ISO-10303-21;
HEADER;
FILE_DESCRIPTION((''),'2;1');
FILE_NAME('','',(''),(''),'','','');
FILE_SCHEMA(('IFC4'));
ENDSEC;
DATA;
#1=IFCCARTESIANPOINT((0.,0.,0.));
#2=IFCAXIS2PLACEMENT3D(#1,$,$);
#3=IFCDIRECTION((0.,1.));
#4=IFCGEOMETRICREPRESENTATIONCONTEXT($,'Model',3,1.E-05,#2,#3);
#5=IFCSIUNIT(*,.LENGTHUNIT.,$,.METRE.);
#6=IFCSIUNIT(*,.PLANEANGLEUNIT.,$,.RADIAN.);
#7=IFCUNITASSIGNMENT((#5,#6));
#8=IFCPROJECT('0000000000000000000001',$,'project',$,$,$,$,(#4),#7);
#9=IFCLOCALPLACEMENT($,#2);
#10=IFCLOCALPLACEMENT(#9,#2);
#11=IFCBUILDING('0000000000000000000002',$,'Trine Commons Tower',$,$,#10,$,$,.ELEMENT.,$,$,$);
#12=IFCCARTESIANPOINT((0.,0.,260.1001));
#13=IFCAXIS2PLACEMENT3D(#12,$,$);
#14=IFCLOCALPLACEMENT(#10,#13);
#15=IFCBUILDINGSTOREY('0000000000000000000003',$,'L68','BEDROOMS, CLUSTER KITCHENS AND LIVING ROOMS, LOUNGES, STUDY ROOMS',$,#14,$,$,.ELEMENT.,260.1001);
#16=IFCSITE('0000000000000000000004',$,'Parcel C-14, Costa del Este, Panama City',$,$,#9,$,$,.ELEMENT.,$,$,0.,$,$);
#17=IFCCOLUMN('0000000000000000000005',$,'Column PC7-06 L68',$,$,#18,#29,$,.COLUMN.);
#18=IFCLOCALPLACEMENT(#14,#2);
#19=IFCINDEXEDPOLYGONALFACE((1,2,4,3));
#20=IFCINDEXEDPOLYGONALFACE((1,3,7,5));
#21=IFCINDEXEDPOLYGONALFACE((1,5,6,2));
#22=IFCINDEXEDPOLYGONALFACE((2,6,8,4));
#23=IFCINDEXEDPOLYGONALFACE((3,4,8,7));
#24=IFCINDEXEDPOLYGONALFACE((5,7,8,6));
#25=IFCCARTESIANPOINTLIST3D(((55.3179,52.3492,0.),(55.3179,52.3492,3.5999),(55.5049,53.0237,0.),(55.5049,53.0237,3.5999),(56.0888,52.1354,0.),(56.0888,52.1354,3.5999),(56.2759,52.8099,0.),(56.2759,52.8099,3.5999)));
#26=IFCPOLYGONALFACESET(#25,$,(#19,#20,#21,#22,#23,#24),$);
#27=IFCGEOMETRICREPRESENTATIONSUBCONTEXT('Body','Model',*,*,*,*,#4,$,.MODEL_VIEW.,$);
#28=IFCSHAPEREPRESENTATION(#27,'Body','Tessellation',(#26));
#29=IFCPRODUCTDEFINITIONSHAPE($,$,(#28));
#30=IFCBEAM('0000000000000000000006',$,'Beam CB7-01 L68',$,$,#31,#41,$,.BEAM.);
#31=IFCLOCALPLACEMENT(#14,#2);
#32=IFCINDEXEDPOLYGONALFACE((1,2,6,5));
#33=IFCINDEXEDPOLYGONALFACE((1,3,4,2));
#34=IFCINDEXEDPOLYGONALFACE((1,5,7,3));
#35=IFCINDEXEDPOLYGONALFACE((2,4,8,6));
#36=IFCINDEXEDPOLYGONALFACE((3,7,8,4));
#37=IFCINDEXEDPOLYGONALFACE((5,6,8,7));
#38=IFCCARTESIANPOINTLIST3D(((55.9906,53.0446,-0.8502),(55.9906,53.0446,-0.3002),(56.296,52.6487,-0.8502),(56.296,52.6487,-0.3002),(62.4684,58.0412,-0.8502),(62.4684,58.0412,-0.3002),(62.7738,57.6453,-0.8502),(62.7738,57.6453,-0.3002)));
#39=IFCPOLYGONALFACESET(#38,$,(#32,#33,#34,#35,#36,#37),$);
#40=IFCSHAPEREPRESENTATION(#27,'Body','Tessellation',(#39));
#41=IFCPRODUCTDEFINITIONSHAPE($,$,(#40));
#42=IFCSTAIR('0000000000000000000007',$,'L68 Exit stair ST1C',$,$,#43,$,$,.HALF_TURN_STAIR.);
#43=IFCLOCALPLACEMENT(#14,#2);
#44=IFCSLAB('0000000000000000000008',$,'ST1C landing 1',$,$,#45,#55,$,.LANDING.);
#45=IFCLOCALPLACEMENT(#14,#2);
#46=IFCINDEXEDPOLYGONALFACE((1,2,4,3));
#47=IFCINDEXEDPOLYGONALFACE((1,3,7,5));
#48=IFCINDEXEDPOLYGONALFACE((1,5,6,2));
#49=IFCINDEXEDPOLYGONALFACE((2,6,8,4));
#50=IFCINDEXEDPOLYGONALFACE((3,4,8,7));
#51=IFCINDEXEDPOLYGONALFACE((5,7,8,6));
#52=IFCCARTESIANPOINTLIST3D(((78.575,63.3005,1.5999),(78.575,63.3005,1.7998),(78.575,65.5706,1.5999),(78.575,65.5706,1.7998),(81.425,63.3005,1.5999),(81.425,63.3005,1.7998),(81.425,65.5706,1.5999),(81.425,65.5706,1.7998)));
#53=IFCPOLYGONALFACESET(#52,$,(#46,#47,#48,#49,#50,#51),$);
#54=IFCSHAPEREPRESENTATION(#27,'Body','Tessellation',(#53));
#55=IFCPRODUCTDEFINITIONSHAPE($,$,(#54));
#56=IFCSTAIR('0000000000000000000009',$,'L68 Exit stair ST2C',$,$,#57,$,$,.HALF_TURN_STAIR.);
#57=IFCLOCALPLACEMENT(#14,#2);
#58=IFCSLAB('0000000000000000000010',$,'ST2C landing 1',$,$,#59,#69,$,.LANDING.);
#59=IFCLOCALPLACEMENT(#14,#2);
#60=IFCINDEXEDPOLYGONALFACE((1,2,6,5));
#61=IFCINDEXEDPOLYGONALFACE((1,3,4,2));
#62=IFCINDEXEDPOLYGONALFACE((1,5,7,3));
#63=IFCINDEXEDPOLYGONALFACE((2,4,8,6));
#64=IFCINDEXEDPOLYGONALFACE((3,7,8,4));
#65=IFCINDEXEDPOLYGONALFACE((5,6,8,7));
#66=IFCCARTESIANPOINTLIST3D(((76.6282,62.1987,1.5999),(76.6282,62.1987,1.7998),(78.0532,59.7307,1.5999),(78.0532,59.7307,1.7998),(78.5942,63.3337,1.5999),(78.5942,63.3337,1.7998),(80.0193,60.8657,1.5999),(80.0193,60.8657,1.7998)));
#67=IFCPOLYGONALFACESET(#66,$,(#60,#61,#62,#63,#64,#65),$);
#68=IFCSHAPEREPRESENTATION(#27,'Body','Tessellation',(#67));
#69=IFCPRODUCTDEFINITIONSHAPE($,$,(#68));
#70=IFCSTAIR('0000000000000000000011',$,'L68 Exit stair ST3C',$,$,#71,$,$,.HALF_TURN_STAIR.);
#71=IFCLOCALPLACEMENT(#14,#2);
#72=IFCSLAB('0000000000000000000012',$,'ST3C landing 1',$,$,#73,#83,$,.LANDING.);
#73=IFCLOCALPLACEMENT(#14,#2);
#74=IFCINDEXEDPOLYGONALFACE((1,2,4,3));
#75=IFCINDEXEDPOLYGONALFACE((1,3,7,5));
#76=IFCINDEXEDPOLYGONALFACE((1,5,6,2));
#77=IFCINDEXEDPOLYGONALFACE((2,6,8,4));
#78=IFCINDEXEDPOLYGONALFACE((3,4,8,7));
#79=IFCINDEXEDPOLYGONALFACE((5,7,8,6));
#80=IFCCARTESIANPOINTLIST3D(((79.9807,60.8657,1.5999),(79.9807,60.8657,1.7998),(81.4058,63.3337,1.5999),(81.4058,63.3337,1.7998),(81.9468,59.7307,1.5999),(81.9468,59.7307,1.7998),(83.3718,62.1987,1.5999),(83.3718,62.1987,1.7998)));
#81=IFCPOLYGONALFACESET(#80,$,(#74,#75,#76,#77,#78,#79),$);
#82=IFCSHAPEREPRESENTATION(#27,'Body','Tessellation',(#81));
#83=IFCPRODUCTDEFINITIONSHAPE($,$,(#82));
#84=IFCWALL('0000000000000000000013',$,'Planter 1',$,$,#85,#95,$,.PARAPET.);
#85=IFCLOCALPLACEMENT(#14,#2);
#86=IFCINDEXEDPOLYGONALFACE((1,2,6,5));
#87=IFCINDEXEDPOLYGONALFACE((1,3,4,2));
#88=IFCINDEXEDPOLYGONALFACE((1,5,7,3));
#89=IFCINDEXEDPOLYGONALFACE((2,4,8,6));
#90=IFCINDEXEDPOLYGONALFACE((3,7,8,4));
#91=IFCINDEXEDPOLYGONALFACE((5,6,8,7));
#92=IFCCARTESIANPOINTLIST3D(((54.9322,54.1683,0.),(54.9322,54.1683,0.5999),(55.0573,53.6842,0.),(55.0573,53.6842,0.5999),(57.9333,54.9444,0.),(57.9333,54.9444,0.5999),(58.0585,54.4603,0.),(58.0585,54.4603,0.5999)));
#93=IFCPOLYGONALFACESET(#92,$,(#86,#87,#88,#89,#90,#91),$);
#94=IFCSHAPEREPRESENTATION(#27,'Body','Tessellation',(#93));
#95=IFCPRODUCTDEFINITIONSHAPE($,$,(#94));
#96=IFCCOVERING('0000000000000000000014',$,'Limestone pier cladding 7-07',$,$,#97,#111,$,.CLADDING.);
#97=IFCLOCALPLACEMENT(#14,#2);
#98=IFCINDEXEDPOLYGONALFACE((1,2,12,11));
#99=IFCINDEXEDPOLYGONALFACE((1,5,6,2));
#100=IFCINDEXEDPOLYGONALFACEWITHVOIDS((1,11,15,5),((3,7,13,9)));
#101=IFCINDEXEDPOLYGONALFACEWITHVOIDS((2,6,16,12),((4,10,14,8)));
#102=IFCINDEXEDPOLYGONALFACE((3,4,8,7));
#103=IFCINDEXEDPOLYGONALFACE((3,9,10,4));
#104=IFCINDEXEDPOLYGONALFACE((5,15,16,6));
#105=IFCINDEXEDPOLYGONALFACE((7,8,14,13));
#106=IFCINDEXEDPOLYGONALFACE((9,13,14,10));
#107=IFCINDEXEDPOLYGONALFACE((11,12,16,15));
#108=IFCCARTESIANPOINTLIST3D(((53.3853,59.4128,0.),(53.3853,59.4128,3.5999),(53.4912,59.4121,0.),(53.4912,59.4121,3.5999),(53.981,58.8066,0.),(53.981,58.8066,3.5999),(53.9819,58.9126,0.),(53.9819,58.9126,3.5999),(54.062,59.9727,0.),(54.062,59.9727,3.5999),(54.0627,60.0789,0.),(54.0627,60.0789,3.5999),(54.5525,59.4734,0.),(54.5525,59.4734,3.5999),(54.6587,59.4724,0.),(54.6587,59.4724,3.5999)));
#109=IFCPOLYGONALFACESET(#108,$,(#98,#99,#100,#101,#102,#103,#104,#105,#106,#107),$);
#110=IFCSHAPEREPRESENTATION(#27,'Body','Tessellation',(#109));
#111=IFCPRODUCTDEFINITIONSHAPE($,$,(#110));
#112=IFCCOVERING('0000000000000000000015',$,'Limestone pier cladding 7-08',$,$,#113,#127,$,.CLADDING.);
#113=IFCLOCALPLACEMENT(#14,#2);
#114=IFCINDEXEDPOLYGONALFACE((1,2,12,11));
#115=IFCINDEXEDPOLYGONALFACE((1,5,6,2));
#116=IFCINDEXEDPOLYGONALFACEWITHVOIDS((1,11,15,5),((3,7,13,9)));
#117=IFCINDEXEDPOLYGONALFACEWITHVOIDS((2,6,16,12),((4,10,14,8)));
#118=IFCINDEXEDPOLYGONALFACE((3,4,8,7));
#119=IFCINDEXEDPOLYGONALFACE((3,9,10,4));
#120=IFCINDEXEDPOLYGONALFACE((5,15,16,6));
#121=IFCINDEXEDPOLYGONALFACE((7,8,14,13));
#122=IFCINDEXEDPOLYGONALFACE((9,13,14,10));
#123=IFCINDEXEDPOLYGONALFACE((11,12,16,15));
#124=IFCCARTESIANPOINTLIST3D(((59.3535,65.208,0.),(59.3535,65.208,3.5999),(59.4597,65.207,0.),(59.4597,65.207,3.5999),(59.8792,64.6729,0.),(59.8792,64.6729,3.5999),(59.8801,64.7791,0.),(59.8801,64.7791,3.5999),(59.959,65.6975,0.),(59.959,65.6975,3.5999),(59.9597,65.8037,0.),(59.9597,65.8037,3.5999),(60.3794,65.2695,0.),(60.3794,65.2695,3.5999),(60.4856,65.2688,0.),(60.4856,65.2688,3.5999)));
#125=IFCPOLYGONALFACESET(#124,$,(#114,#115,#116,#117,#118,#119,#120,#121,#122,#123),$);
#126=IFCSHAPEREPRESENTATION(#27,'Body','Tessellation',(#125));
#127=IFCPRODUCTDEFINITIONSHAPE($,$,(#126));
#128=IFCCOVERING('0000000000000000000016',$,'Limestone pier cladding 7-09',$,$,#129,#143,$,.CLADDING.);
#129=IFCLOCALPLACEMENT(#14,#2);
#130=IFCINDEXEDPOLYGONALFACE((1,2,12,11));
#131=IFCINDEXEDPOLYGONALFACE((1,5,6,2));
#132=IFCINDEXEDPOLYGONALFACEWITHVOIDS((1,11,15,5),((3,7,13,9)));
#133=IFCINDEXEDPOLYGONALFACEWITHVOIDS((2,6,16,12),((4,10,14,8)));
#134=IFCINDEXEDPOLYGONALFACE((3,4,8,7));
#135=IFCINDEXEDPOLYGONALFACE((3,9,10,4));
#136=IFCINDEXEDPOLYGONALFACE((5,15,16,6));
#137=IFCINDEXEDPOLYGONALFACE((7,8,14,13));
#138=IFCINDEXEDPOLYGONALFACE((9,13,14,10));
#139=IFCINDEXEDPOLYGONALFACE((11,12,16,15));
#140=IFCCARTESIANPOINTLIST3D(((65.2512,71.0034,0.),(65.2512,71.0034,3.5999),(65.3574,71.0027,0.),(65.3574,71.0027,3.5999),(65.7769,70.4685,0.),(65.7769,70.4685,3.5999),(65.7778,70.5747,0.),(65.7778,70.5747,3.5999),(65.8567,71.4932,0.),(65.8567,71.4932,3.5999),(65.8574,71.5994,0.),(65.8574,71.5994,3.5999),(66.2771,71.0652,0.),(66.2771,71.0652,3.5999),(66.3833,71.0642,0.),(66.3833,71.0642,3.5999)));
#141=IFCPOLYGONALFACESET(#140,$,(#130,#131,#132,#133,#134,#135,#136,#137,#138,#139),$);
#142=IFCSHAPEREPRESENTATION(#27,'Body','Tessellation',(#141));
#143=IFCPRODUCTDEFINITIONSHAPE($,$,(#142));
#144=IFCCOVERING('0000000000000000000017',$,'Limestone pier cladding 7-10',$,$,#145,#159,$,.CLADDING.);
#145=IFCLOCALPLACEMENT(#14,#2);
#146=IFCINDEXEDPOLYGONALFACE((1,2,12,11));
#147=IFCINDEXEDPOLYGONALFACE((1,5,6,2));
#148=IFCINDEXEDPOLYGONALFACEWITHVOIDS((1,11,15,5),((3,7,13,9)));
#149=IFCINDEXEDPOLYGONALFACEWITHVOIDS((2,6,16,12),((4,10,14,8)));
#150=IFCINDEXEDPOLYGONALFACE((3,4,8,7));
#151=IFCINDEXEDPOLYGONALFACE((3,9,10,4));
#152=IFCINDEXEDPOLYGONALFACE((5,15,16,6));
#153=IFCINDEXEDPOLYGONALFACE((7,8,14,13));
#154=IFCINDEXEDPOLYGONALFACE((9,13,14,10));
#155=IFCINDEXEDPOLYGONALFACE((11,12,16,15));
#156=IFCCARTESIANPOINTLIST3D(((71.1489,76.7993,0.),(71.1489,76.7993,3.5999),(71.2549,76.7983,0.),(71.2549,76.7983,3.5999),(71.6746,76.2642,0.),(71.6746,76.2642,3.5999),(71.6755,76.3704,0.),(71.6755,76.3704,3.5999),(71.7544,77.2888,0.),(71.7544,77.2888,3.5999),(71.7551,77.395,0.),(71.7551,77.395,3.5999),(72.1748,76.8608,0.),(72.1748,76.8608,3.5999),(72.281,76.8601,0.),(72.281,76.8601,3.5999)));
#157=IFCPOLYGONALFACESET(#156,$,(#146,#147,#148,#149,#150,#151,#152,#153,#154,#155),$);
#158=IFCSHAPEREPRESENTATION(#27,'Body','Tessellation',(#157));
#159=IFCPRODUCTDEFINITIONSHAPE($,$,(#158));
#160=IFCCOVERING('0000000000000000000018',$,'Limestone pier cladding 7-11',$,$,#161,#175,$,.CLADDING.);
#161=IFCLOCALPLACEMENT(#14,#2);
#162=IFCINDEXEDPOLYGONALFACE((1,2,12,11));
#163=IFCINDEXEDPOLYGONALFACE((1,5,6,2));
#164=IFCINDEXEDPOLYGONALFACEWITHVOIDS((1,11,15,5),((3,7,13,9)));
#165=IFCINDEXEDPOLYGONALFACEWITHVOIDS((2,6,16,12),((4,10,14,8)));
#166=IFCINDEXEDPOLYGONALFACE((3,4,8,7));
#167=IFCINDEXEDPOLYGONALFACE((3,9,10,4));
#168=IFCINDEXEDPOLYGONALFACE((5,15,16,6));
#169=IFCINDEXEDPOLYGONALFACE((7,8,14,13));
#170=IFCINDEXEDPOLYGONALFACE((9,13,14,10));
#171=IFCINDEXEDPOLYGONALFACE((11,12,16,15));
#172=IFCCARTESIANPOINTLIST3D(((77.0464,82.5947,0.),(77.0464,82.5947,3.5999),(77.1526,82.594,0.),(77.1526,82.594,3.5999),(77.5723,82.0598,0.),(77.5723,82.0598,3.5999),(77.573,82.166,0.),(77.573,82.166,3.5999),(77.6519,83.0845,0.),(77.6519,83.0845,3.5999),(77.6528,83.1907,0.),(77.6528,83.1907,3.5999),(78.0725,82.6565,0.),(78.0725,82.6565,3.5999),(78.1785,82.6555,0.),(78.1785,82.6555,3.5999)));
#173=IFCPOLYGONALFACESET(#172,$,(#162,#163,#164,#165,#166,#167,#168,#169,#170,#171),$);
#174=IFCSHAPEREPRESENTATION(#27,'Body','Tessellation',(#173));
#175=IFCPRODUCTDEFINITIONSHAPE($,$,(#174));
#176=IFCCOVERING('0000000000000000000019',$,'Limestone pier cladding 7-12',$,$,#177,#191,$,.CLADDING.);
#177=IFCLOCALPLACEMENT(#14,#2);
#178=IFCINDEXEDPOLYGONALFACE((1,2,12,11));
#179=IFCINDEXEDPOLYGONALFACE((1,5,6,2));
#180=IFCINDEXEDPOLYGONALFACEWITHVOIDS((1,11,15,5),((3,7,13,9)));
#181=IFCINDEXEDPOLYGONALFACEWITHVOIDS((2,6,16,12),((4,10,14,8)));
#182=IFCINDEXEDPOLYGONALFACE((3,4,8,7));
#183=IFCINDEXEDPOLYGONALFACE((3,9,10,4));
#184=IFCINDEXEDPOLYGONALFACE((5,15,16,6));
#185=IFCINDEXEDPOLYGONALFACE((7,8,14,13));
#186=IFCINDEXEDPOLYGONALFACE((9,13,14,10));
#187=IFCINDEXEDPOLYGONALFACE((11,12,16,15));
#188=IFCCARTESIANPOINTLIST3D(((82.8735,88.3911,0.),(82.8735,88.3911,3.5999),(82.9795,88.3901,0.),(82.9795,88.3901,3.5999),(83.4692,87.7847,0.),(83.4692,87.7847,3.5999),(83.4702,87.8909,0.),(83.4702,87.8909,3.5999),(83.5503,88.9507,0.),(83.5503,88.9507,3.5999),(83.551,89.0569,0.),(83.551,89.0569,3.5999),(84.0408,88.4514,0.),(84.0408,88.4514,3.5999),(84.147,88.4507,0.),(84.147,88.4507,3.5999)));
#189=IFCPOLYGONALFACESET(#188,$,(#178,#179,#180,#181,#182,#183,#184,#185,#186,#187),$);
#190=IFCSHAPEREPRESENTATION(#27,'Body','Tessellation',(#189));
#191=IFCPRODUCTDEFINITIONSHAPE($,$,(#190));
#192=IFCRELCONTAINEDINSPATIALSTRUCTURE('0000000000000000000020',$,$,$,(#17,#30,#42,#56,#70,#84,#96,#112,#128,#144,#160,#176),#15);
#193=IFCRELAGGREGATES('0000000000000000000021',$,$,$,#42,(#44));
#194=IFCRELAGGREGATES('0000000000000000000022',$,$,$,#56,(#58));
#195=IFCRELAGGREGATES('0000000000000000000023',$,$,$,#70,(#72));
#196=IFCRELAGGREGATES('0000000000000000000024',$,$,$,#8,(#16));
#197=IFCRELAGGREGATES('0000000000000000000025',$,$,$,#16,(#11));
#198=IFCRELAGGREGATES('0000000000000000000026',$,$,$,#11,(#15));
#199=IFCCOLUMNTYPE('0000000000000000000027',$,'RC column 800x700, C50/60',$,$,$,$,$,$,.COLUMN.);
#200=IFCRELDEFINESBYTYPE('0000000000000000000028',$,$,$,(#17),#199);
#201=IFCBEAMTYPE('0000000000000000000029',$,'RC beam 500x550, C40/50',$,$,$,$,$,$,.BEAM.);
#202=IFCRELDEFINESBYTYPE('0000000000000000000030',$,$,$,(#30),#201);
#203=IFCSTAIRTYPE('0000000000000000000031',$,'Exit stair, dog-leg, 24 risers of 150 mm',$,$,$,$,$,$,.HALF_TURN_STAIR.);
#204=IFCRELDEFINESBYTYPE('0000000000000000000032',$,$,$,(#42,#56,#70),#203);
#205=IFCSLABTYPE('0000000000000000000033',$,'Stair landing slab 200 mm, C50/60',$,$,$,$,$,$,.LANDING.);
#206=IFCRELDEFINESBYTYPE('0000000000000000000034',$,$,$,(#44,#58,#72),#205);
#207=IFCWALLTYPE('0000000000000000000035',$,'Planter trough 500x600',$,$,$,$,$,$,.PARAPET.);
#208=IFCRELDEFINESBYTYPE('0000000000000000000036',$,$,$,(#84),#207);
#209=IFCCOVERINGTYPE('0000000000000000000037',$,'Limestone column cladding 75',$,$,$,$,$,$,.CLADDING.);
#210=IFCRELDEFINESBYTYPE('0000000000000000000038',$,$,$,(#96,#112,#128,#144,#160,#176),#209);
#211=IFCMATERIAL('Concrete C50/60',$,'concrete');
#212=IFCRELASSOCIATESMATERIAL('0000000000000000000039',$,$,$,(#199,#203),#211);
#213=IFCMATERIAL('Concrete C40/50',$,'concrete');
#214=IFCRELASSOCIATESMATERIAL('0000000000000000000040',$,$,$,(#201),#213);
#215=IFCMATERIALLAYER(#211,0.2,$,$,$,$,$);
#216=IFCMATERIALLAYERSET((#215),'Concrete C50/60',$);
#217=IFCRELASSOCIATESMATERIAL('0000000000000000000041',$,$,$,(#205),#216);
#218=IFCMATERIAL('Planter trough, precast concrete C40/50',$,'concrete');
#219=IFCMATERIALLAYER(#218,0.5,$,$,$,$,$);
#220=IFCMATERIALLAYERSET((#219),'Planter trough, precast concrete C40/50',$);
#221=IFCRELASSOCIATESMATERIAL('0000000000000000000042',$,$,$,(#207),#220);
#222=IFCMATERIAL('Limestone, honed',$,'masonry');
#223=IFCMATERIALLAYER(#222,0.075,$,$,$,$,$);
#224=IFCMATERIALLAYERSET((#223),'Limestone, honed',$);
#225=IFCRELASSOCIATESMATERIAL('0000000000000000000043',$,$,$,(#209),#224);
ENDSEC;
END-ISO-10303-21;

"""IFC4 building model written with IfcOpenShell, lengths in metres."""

from ifc_helpers import new_model, si_unit, direction, frame, frame_2d, origin, origin_2d, place, context, subcontext, project, spatial, polyline, rectangle, outline, extrude, material, layer, layer_set, material_profile, profile_set, type_object, element, aggregate, save


model = new_model("IFC4")

# Units and contexts
model_context = context("Model", 3, precision=1e-05, world=origin(), true_north=direction((0.0, 1.0)))
body_context = subcontext(model_context, "Body", "Model", "MODEL_VIEW")
ifc_project = project(units=[si_unit("LENGTHUNIT", "METRE"), si_unit("PLANEANGLEUNIT", "RADIAN")], contexts=[model_context])

# Site, building, storey
site_placement = place(None, origin())
site = spatial("IfcSite", under=ifc_project, at=site_placement, Name="Parcel C-14, Costa del Este, Panama City", CompositionType="ELEMENT", RefElevation=0.0)
building_placement = place(site_placement, origin())
building = spatial("IfcBuilding", under=site, at=building_placement, Name="Trine Commons Tower", CompositionType="ELEMENT")
storey_placement = place(building_placement, frame((0.0, 0.0, 260.1001)))
storey = spatial("IfcBuildingStorey", under=building, at=storey_placement, Name="L68", Description="BEDROOMS, CLUSTER KITCHENS AND LIVING ROOMS, LOUNGES, STUDY ROOMS", CompositionType="ELEMENT", Elevation=260.1001)

# Column
ifc_material_1 = material(Name="Concrete C50/60", Category="concrete")
ifc_material_profile_1 = material_profile(ifc_material_1, rectangle(XDim=0.8, YDim=0.7, at=origin_2d()), Name="RC 800x700")
ifc_profile_set_1 = profile_set([ifc_material_profile_1], Name="Concrete C50/60")
column_type = type_object("IfcColumnType", Name="RC column 800x700, C50/60", PredefinedType="COLUMN", material=ifc_profile_set_1)
column_placement = place(storey_placement, frame((55.7969, 52.5796, 0.0), z_axis=(0.0, 0.0, 1.0), x_axis=(-0.96363, 0.267238, 0.0)))
element("IfcColumn", 1, at=column_placement, inside=storey, type_object=column_type, Name="Column PC7-06 L68", PredefinedType="COLUMN", context=body_context, shape_type="SweptSolid", body=[
    extrude(rectangle(XDim=0.8, YDim=0.7, at=origin_2d()), origin(), (0.0, 0.0, 1.0), 3.5999),
])

# Beam
ifc_material_2 = material(Name="Concrete C40/50", Category="concrete")
ifc_material_profile_2 = material_profile(ifc_material_2, rectangle(XDim=0.5, YDim=0.55, at=origin_2d()), Name="RC 500x550")
ifc_profile_set_2 = profile_set([ifc_material_profile_2], Name="Concrete C40/50")
beam_type = type_object("IfcBeamType", Name="RC beam 500x550, C40/50", PredefinedType="BEAM", material=ifc_profile_set_2)
beam_placement = place(storey_placement, frame((56.1433, 52.8467, -0.5752), z_axis=(0.791816, 0.61076, 0.0), x_axis=(-0.61076, 0.791816, 0.0)))
element("IfcBeam", 2, at=beam_placement, inside=storey, type_object=beam_type, Name="Beam CB7-01 L68", PredefinedType="BEAM", context=body_context, shape_type="SweptSolid", body=[
    extrude(rectangle(XDim=0.5, YDim=0.55, at=origin_2d()), origin(), (0.0, 0.0, 1.0), 8.1809),
])

# Stairs, slabs
stair_type = type_object("IfcStairType", Name="Exit stair, dog-leg, 24 risers of 150 mm", PredefinedType="HALF_TURN_STAIR", material=ifc_material_1)
stair_1_placement = place(storey_placement, origin())
stair_1 = element("IfcStair", 3, at=stair_1_placement, inside=storey, type_object=stair_type, Name="L68 Exit stair ST1C", PredefinedType="HALF_TURN_STAIR")
ifc_layer_1 = layer(ifc_material_1, 0.2)
ifc_layer_set_1 = layer_set([ifc_layer_1], Name="Concrete C50/60")
slab_type = type_object("IfcSlabType", Name="Stair landing slab 200 mm, C50/60", PredefinedType="LANDING", material=ifc_layer_set_1)
slab_1_placement = place(storey_placement, frame((0.0, 0.0, 1.5999)))
slab_1 = element("IfcSlab", 4, at=slab_1_placement, type_object=slab_type, Name="ST1C landing 1", PredefinedType="LANDING", context=body_context, shape_type="SweptSolid", body=[
    extrude(outline(polyline([(78.575, 65.5706), (78.575, 63.3005), (81.425, 63.3005), (81.425, 65.5706), (78.575, 65.5706)])), origin(), (0.0, 0.0, 1.0), 0.2),
])
aggregate(stair_1, [slab_1])
stair_2_placement = place(storey_placement, origin())
stair_2 = element("IfcStair", 5, at=stair_2_placement, inside=storey, type_object=stair_type, Name="L68 Exit stair ST2C", PredefinedType="HALF_TURN_STAIR")
slab_2_placement = place(storey_placement, frame((0.0, 0.0, 1.5999)))
slab_2 = element("IfcSlab", 6, at=slab_2_placement, type_object=slab_type, Name="ST2C landing 1", PredefinedType="LANDING", context=body_context, shape_type="SweptSolid", body=[
    extrude(outline(polyline([(78.0532, 59.7307), (80.0193, 60.8657), (78.5942, 63.3337), (76.6282, 62.1987), (78.0532, 59.7307)])), origin(), (0.0, 0.0, 1.0), 0.2),
])
aggregate(stair_2, [slab_2])
stair_3_placement = place(storey_placement, origin())
stair_3 = element("IfcStair", 7, at=stair_3_placement, inside=storey, type_object=stair_type, Name="L68 Exit stair ST3C", PredefinedType="HALF_TURN_STAIR")
slab_3_placement = place(storey_placement, frame((0.0, 0.0, 1.5999)))
slab_3 = element("IfcSlab", 8, at=slab_3_placement, type_object=slab_type, Name="ST3C landing 1", PredefinedType="LANDING", context=body_context, shape_type="SweptSolid", body=[
    extrude(outline(polyline([(83.3718, 62.1987), (81.4058, 63.3337), (79.9807, 60.8657), (81.9468, 59.7307), (83.3718, 62.1987)])), origin(), (0.0, 0.0, 1.0), 0.2),
])
aggregate(stair_3, [slab_3])

# Wall
ifc_material_3 = material(Name="Planter trough, precast concrete C40/50", Category="concrete")
ifc_layer_2 = layer(ifc_material_3, 0.5)
ifc_layer_set_2 = layer_set([ifc_layer_2], Name="Planter trough, precast concrete C40/50")
wall_type = type_object("IfcWallType", Name="Planter trough 500x600", PredefinedType="PARAPET", material=ifc_layer_set_2)
wall_placement = place(storey_placement, frame((54.9949, 53.9263, 0.0), z_axis=(0.0, 0.0, 1.0), x_axis=(0.968151, 0.250366, 0.0)))
element("IfcWall", 9, at=wall_placement, inside=storey, type_object=wall_type, Name="Planter 1", PredefinedType="PARAPET", context=body_context, shape_type="SweptSolid", body=[
    extrude(rectangle(XDim=3.0999, YDim=0.5, at=frame_2d((1.5498, 0.0))), origin(), (0.0, 0.0, 1.0), 0.5999),
])

# Coverings
ifc_material_4 = material(Name="Limestone, honed", Category="masonry")
ifc_layer_3 = layer(ifc_material_4, 0.075)
ifc_layer_set_3 = layer_set([ifc_layer_3], Name="Limestone, honed")
covering_type_1 = type_object("IfcCoveringType", Name="Limestone column cladding 75", PredefinedType="CLADDING", material=ifc_layer_set_3)
covering_1_placement = place(storey_placement, origin())
element("IfcCovering", 10, at=covering_1_placement, inside=storey, type_object=covering_type_1, Name="Limestone pier cladding 7-07", PredefinedType="CLADDING", context=body_context, shape_type="SweptSolid", body=[
    extrude(outline(polyline([(54.6587, 59.4724), (54.0627, 60.0789), (53.3853, 59.4128), (53.981, 58.8066), (54.6587, 59.4724)]), holes=[polyline([(54.5525, 59.4734), (54.062, 59.9727), (53.4912, 59.4121), (53.9819, 58.9126), (54.5525, 59.4734)])]), origin(), (0.0, 0.0, 1.0), 3.5999),
])
covering_2_placement = place(storey_placement, origin())
element("IfcCovering", 11, at=covering_2_placement, inside=storey, type_object=covering_type_1, Name="Limestone pier cladding 7-08", PredefinedType="CLADDING", context=body_context, shape_type="SweptSolid", body=[
    extrude(outline(polyline([(60.4856, 65.2688), (59.9597, 65.8037), (59.3535, 65.208), (59.8792, 64.6729), (60.4856, 65.2688)]), holes=[polyline([(60.3794, 65.2695), (59.959, 65.6975), (59.4597, 65.207), (59.8801, 64.7791), (60.3794, 65.2695)])]), origin(), (0.0, 0.0, 1.0), 3.5999),
])
covering_3_placement = place(storey_placement, origin())
element("IfcCovering", 12, at=covering_3_placement, inside=storey, type_object=covering_type_1, Name="Limestone pier cladding 7-09", PredefinedType="CLADDING", context=body_context, shape_type="SweptSolid", body=[
    extrude(outline(polyline([(66.3833, 71.0642), (65.8574, 71.5994), (65.2512, 71.0034), (65.7769, 70.4685), (66.3833, 71.0642)]), holes=[polyline([(66.2771, 71.0652), (65.8567, 71.4932), (65.3574, 71.0027), (65.7778, 70.5747), (66.2771, 71.0652)])]), origin(), (0.0, 0.0, 1.0), 3.5999),
])
covering_4_placement = place(storey_placement, origin())
element("IfcCovering", 13, at=covering_4_placement, inside=storey, type_object=covering_type_1, Name="Limestone pier cladding 7-10", PredefinedType="CLADDING", context=body_context, shape_type="SweptSolid", body=[
    extrude(outline(polyline([(72.281, 76.8601), (71.7551, 77.395), (71.1489, 76.7993), (71.6746, 76.2642), (72.281, 76.8601)]), holes=[polyline([(72.1748, 76.8608), (71.7544, 77.2888), (71.2549, 76.7983), (71.6755, 76.3704), (72.1748, 76.8608)])]), origin(), (0.0, 0.0, 1.0), 3.5999),
])
covering_5_placement = place(storey_placement, origin())
element("IfcCovering", 14, at=covering_5_placement, inside=storey, type_object=covering_type_1, Name="Limestone pier cladding 7-11", PredefinedType="CLADDING", context=body_context, shape_type="SweptSolid", body=[
    extrude(outline(polyline([(78.1785, 82.6555), (77.6528, 83.1907), (77.0464, 82.5947), (77.5723, 82.0598), (78.1785, 82.6555)]), holes=[polyline([(78.0725, 82.6565), (77.6519, 83.0845), (77.1526, 82.594), (77.573, 82.166), (78.0725, 82.6565)])]), origin(), (0.0, 0.0, 1.0), 3.5999),
])
covering_6_placement = place(storey_placement, origin())
element("IfcCovering", 15, at=covering_6_placement, inside=storey, type_object=covering_type_1, Name="Limestone pier cladding 7-12", PredefinedType="CLADDING", context=body_context, shape_type="SweptSolid", body=[
    extrude(outline(polyline([(84.147, 88.4507), (83.551, 89.0569), (82.8735, 88.3911), (83.4692, 87.7847), (84.147, 88.4507)]), holes=[polyline([(84.0408, 88.4514), (83.5503, 88.9507), (82.9795, 88.3901), (83.4702, 87.8909), (84.0408, 88.4514)])]), origin(), (0.0, 0.0, 1.0), 3.5999),
])

save(model, "model.ifc")
